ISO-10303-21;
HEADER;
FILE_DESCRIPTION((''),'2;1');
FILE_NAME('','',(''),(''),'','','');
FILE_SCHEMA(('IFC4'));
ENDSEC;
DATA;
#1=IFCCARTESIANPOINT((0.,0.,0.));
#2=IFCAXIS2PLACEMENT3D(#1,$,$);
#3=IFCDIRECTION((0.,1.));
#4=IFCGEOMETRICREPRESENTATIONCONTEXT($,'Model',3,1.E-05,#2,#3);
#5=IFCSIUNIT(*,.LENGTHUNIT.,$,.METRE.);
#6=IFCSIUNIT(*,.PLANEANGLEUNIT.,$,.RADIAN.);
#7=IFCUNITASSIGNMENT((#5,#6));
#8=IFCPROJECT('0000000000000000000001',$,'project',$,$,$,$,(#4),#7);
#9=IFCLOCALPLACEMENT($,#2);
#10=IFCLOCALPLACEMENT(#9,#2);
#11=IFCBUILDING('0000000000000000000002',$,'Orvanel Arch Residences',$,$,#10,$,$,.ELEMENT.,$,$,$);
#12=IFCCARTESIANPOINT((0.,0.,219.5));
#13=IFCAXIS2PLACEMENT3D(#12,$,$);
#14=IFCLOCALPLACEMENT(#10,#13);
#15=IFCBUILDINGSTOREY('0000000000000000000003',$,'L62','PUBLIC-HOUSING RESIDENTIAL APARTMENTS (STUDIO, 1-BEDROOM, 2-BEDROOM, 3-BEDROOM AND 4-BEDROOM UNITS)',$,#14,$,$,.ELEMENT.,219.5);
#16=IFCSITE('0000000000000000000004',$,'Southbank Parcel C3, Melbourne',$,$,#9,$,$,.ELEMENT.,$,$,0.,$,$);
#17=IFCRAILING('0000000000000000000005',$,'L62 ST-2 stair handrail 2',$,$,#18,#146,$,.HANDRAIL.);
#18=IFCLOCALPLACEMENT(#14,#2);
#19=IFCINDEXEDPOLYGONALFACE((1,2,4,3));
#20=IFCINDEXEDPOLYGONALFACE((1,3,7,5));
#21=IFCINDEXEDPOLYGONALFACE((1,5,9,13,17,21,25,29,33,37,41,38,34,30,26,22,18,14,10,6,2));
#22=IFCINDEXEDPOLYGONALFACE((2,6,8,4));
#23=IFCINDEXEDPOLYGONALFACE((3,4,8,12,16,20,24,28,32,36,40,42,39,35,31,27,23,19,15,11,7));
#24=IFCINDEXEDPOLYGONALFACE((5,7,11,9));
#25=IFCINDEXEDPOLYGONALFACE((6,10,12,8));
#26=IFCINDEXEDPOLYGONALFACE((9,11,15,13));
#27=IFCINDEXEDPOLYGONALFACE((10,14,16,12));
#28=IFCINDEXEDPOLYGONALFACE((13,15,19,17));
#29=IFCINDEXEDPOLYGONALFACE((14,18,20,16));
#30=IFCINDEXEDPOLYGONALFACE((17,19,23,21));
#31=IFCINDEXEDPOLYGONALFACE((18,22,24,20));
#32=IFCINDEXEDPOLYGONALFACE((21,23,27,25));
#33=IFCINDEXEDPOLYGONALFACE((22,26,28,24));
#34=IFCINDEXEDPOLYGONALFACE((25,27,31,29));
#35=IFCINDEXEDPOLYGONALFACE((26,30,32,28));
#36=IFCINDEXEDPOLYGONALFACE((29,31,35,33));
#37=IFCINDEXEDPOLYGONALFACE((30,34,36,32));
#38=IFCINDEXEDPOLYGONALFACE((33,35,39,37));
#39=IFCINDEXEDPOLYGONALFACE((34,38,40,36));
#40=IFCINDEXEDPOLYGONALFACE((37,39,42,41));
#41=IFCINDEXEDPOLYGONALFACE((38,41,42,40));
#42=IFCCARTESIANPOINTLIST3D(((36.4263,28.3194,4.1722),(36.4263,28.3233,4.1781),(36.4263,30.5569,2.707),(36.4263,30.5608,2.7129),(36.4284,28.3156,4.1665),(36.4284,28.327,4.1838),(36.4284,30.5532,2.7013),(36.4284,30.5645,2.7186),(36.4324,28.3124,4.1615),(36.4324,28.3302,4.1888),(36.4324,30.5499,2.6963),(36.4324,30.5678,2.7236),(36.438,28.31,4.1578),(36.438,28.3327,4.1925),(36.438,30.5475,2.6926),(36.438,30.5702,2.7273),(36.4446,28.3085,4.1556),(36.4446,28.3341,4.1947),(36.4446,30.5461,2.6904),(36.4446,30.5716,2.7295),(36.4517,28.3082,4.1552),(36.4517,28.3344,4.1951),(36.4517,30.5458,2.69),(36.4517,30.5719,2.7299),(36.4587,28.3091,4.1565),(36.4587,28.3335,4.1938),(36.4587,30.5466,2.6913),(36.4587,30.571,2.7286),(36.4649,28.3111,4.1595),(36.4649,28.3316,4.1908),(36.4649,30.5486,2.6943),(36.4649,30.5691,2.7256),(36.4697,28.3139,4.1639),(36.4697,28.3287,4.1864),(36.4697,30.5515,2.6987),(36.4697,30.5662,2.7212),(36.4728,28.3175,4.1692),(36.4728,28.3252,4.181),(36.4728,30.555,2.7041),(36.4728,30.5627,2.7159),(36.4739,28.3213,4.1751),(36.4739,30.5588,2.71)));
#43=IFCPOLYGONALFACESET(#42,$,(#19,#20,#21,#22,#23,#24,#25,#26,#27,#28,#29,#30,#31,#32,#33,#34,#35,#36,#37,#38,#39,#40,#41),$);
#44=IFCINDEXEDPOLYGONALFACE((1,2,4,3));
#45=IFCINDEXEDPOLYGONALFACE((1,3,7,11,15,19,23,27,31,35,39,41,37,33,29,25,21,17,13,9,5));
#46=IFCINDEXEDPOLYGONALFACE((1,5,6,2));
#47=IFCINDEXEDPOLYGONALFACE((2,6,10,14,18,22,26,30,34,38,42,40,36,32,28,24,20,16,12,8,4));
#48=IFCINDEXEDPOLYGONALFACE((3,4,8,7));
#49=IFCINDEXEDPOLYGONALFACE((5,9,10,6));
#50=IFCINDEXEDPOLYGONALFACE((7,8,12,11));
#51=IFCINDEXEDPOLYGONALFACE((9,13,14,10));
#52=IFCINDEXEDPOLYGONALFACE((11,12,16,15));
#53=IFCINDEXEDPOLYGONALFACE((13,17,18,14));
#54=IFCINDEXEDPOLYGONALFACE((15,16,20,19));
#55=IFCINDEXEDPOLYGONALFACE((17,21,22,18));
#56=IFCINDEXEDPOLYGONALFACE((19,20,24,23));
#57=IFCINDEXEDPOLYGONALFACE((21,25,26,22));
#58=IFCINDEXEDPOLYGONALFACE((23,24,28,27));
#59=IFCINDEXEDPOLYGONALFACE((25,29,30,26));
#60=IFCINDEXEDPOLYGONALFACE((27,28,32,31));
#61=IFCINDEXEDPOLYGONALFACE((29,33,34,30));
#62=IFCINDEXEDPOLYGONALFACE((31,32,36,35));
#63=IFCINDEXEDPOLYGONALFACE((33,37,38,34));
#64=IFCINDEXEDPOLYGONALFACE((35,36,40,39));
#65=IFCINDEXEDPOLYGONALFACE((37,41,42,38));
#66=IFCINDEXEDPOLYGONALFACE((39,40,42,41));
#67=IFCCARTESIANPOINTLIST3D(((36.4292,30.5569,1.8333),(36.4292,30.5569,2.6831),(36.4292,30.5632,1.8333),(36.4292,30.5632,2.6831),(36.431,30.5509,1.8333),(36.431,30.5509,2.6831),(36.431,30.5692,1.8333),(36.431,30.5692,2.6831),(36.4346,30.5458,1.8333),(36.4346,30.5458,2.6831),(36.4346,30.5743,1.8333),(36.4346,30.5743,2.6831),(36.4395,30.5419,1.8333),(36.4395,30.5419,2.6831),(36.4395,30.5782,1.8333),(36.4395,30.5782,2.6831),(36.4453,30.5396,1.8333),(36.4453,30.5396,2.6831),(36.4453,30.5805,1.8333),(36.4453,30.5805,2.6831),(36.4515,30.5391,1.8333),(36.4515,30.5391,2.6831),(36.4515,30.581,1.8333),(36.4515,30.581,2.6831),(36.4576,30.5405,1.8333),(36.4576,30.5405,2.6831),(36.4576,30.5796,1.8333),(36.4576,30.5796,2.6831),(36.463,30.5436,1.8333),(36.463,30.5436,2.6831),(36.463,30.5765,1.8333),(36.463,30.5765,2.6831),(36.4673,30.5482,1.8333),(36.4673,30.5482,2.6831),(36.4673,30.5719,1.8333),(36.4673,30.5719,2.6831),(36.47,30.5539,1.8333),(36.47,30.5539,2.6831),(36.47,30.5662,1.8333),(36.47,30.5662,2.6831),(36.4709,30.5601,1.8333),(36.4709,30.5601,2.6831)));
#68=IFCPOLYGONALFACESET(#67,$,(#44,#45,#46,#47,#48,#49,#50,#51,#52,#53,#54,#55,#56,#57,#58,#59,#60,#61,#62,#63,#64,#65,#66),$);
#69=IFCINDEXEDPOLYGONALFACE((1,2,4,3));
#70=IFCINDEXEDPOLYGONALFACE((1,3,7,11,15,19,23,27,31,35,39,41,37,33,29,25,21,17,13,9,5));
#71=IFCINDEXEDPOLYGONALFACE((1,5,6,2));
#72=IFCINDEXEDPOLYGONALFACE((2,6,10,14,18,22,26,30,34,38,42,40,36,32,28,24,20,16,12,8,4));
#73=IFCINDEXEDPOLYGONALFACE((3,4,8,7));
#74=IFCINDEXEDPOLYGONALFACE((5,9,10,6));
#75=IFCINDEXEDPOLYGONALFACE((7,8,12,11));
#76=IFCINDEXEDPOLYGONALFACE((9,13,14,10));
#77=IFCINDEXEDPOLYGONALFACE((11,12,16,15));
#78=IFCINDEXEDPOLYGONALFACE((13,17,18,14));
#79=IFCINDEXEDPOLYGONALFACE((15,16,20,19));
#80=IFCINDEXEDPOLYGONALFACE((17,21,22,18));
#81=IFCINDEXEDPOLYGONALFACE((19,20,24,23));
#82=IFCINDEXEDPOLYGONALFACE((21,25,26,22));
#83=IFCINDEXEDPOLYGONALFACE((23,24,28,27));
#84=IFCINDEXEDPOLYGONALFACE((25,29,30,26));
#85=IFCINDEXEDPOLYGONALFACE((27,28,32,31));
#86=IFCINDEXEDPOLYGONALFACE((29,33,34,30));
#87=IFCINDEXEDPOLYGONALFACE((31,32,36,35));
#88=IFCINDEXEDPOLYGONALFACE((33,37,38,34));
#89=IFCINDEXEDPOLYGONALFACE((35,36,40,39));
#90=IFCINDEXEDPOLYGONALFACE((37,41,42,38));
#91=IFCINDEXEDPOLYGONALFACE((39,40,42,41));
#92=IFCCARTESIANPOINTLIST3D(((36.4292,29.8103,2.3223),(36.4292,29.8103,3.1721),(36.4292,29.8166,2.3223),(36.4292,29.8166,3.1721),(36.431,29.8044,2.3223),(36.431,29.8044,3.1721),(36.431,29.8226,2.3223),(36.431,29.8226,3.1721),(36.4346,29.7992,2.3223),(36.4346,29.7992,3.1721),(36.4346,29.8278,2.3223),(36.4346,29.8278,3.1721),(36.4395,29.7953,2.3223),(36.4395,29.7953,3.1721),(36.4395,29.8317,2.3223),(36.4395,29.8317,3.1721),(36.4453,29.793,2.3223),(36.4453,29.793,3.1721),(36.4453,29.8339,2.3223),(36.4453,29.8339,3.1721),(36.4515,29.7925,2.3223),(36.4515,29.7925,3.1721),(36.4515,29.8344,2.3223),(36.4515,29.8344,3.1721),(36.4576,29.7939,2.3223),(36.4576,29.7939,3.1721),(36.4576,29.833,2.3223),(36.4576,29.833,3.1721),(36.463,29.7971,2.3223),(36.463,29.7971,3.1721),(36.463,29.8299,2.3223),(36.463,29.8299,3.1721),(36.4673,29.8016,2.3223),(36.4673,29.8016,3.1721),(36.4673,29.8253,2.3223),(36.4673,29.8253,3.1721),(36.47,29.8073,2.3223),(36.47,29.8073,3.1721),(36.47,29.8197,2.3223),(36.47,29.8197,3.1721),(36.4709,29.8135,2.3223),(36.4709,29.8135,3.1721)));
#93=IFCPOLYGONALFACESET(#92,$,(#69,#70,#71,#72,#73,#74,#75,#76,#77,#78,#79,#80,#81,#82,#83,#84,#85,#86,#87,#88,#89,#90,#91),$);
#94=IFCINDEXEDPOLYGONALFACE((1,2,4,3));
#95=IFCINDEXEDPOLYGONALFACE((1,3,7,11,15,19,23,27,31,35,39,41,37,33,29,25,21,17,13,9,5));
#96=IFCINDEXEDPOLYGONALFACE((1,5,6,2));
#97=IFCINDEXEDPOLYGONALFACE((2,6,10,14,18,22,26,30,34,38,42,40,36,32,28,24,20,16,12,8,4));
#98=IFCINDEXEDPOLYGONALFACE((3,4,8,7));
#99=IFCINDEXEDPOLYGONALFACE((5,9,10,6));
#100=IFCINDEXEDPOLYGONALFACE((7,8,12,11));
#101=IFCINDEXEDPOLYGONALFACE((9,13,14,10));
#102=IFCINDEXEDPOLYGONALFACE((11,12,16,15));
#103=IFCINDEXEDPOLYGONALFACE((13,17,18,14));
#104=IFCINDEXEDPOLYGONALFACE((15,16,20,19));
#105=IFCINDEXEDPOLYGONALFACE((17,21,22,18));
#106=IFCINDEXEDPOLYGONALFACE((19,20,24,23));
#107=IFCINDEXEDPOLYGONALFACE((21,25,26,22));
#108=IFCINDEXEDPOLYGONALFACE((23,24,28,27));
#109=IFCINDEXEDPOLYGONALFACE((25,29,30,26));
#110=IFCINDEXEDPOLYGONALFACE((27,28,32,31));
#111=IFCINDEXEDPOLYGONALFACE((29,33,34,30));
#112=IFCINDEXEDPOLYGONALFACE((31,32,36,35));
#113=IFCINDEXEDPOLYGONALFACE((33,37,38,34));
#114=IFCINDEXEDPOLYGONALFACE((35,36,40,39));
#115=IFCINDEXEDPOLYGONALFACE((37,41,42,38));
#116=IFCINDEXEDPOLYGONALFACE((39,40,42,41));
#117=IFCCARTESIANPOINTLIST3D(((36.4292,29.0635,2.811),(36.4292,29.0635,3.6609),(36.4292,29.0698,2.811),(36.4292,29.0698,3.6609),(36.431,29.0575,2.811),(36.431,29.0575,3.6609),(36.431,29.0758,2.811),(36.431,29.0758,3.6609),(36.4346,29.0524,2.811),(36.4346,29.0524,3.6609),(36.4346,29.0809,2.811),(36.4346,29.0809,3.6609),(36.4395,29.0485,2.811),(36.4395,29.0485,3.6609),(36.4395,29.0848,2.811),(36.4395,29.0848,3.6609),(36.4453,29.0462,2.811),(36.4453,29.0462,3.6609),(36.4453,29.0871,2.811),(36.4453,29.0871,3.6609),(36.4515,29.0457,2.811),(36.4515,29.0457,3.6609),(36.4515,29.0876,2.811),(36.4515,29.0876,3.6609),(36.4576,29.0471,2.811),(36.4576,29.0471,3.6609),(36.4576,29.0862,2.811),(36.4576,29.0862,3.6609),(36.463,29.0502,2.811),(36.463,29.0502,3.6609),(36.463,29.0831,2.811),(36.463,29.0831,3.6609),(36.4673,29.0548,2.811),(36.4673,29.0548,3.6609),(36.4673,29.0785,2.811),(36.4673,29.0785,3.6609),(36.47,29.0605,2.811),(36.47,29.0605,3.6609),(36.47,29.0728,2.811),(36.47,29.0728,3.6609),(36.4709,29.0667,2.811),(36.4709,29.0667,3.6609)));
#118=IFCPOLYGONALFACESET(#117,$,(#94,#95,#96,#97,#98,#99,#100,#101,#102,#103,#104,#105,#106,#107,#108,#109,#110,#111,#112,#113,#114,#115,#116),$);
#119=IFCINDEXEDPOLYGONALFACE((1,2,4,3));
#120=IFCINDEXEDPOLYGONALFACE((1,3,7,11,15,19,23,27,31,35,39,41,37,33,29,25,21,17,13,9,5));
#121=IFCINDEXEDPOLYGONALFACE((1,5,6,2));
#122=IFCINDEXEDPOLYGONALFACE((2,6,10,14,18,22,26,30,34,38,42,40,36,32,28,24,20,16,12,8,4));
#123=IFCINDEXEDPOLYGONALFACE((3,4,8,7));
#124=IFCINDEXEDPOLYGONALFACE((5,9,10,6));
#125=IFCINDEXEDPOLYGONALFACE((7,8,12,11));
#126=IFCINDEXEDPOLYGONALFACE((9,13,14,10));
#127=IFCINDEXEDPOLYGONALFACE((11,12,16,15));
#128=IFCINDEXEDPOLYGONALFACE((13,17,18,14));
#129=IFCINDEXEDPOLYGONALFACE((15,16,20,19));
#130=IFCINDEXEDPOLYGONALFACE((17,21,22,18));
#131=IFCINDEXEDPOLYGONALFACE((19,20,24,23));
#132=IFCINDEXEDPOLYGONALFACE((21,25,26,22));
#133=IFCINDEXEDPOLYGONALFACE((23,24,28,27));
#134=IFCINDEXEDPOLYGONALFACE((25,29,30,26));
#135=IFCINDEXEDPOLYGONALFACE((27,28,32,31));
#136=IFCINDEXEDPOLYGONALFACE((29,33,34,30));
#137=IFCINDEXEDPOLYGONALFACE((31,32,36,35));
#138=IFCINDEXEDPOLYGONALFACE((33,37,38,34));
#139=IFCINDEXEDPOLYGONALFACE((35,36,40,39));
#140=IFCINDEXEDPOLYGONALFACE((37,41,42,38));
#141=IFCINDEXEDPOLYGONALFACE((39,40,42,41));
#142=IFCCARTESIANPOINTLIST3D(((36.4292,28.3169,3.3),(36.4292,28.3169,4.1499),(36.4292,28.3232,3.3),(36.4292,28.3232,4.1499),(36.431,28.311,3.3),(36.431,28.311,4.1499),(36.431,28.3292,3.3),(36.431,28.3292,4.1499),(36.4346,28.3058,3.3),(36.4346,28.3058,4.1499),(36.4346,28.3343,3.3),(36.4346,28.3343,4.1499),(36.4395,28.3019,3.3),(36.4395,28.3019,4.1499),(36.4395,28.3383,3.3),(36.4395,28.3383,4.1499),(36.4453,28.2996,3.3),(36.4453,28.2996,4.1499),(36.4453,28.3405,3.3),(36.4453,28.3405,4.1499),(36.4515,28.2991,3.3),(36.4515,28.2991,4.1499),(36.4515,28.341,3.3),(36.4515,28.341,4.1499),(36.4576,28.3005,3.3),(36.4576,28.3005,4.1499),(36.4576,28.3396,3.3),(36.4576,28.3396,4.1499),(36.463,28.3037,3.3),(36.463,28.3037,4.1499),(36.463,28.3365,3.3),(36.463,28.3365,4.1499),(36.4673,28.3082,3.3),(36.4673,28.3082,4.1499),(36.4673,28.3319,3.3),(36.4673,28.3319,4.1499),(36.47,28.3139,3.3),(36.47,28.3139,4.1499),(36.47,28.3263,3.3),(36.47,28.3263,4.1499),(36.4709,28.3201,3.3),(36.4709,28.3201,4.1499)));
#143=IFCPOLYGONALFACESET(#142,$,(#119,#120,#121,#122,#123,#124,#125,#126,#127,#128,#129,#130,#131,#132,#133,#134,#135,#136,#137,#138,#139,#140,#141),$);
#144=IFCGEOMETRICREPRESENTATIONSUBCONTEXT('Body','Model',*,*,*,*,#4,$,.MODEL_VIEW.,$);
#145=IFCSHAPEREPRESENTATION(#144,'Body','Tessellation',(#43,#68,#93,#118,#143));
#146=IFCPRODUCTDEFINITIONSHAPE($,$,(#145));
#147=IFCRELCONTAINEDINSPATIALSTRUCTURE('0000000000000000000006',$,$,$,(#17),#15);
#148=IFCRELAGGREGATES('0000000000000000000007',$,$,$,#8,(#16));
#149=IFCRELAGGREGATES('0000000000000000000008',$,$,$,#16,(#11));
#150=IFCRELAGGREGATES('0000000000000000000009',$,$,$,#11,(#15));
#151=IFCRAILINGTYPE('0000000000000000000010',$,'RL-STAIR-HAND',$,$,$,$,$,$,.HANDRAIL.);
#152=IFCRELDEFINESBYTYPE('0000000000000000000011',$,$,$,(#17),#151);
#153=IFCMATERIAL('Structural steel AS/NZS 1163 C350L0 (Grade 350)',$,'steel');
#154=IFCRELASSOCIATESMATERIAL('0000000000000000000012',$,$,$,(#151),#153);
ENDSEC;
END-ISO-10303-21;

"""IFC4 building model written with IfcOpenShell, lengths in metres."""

from ifc_helpers import new_model, si_unit, direction, frame, origin, origin_2d, place, context, subcontext, project, spatial, circle, extrude, material, type_object, element, save


model = new_model("IFC4")

# Units and contexts
model_context = context("Model", 3, precision=1e-05, world=origin(), true_north=direction((0.0, 1.0)))
body_context = subcontext(model_context, "Body", "Model", "MODEL_VIEW")
ifc_project = project(units=[si_unit("LENGTHUNIT", "METRE"), si_unit("PLANEANGLEUNIT", "RADIAN")], contexts=[model_context])

# Site, building, storey
site_placement = place(None, origin())
site = spatial("IfcSite", under=ifc_project, at=site_placement, Name="Southbank Parcel C3, Melbourne", CompositionType="ELEMENT", RefElevation=0.0)
building_placement = place(site_placement, origin())
building = spatial("IfcBuilding", under=site, at=building_placement, Name="Orvanel Arch Residences", CompositionType="ELEMENT")
storey_placement = place(building_placement, frame((0.0, 0.0, 219.5)))
storey = spatial("IfcBuildingStorey", under=building, at=storey_placement, Name="L62", Description="PUBLIC-HOUSING RESIDENTIAL APARTMENTS (STUDIO, 1-BEDROOM, 2-BEDROOM, 3-BEDROOM AND 4-BEDROOM UNITS)", CompositionType="ELEMENT", Elevation=219.5)

# Railing
ifc_material_1 = material(Name="Structural steel AS/NZS 1163 C350L0 (Grade 350)", Category="steel")
railing_type_1 = type_object("IfcRailingType", Name="RL-STAIR-HAND", PredefinedType="HANDRAIL", material=ifc_material_1)
railing_1_placement = place(storey_placement, frame((36.45, 30.5601, 1.8333)))
element("IfcRailing", 1, at=railing_1_placement, inside=storey, type_object=railing_type_1, Name="L62 ST-2 stair handrail 2", PredefinedType="HANDRAIL", context=body_context, shape_type="SweptSolid", body=[
    extrude(circle(Radius=0.0239, at=origin_2d()), frame((0.0, -0.0012, 0.8767), z_axis=(0.0, -0.836595, 0.547822), x_axis=(1.0, 0.0, 0.0)), (0.0, 0.0, 1.0), 2.6746),
    extrude(circle(Radius=0.021, at=origin_2d()), origin(), (0.0, 0.0, 1.0), 0.8499),
    extrude(circle(Radius=0.021, at=origin_2d()), frame((0.0, -0.7466, 0.489)), (0.0, 0.0, 1.0), 0.8499),
    extrude(circle(Radius=0.021, at=origin_2d()), frame((0.0, -1.4934, 0.9778)), (0.0, 0.0, 1.0), 0.8499),
    extrude(circle(Radius=0.021, at=origin_2d()), frame((0.0, -2.24, 1.4668)), (0.0, 0.0, 1.0), 0.8499),
])

save(model, "model.ifc")
